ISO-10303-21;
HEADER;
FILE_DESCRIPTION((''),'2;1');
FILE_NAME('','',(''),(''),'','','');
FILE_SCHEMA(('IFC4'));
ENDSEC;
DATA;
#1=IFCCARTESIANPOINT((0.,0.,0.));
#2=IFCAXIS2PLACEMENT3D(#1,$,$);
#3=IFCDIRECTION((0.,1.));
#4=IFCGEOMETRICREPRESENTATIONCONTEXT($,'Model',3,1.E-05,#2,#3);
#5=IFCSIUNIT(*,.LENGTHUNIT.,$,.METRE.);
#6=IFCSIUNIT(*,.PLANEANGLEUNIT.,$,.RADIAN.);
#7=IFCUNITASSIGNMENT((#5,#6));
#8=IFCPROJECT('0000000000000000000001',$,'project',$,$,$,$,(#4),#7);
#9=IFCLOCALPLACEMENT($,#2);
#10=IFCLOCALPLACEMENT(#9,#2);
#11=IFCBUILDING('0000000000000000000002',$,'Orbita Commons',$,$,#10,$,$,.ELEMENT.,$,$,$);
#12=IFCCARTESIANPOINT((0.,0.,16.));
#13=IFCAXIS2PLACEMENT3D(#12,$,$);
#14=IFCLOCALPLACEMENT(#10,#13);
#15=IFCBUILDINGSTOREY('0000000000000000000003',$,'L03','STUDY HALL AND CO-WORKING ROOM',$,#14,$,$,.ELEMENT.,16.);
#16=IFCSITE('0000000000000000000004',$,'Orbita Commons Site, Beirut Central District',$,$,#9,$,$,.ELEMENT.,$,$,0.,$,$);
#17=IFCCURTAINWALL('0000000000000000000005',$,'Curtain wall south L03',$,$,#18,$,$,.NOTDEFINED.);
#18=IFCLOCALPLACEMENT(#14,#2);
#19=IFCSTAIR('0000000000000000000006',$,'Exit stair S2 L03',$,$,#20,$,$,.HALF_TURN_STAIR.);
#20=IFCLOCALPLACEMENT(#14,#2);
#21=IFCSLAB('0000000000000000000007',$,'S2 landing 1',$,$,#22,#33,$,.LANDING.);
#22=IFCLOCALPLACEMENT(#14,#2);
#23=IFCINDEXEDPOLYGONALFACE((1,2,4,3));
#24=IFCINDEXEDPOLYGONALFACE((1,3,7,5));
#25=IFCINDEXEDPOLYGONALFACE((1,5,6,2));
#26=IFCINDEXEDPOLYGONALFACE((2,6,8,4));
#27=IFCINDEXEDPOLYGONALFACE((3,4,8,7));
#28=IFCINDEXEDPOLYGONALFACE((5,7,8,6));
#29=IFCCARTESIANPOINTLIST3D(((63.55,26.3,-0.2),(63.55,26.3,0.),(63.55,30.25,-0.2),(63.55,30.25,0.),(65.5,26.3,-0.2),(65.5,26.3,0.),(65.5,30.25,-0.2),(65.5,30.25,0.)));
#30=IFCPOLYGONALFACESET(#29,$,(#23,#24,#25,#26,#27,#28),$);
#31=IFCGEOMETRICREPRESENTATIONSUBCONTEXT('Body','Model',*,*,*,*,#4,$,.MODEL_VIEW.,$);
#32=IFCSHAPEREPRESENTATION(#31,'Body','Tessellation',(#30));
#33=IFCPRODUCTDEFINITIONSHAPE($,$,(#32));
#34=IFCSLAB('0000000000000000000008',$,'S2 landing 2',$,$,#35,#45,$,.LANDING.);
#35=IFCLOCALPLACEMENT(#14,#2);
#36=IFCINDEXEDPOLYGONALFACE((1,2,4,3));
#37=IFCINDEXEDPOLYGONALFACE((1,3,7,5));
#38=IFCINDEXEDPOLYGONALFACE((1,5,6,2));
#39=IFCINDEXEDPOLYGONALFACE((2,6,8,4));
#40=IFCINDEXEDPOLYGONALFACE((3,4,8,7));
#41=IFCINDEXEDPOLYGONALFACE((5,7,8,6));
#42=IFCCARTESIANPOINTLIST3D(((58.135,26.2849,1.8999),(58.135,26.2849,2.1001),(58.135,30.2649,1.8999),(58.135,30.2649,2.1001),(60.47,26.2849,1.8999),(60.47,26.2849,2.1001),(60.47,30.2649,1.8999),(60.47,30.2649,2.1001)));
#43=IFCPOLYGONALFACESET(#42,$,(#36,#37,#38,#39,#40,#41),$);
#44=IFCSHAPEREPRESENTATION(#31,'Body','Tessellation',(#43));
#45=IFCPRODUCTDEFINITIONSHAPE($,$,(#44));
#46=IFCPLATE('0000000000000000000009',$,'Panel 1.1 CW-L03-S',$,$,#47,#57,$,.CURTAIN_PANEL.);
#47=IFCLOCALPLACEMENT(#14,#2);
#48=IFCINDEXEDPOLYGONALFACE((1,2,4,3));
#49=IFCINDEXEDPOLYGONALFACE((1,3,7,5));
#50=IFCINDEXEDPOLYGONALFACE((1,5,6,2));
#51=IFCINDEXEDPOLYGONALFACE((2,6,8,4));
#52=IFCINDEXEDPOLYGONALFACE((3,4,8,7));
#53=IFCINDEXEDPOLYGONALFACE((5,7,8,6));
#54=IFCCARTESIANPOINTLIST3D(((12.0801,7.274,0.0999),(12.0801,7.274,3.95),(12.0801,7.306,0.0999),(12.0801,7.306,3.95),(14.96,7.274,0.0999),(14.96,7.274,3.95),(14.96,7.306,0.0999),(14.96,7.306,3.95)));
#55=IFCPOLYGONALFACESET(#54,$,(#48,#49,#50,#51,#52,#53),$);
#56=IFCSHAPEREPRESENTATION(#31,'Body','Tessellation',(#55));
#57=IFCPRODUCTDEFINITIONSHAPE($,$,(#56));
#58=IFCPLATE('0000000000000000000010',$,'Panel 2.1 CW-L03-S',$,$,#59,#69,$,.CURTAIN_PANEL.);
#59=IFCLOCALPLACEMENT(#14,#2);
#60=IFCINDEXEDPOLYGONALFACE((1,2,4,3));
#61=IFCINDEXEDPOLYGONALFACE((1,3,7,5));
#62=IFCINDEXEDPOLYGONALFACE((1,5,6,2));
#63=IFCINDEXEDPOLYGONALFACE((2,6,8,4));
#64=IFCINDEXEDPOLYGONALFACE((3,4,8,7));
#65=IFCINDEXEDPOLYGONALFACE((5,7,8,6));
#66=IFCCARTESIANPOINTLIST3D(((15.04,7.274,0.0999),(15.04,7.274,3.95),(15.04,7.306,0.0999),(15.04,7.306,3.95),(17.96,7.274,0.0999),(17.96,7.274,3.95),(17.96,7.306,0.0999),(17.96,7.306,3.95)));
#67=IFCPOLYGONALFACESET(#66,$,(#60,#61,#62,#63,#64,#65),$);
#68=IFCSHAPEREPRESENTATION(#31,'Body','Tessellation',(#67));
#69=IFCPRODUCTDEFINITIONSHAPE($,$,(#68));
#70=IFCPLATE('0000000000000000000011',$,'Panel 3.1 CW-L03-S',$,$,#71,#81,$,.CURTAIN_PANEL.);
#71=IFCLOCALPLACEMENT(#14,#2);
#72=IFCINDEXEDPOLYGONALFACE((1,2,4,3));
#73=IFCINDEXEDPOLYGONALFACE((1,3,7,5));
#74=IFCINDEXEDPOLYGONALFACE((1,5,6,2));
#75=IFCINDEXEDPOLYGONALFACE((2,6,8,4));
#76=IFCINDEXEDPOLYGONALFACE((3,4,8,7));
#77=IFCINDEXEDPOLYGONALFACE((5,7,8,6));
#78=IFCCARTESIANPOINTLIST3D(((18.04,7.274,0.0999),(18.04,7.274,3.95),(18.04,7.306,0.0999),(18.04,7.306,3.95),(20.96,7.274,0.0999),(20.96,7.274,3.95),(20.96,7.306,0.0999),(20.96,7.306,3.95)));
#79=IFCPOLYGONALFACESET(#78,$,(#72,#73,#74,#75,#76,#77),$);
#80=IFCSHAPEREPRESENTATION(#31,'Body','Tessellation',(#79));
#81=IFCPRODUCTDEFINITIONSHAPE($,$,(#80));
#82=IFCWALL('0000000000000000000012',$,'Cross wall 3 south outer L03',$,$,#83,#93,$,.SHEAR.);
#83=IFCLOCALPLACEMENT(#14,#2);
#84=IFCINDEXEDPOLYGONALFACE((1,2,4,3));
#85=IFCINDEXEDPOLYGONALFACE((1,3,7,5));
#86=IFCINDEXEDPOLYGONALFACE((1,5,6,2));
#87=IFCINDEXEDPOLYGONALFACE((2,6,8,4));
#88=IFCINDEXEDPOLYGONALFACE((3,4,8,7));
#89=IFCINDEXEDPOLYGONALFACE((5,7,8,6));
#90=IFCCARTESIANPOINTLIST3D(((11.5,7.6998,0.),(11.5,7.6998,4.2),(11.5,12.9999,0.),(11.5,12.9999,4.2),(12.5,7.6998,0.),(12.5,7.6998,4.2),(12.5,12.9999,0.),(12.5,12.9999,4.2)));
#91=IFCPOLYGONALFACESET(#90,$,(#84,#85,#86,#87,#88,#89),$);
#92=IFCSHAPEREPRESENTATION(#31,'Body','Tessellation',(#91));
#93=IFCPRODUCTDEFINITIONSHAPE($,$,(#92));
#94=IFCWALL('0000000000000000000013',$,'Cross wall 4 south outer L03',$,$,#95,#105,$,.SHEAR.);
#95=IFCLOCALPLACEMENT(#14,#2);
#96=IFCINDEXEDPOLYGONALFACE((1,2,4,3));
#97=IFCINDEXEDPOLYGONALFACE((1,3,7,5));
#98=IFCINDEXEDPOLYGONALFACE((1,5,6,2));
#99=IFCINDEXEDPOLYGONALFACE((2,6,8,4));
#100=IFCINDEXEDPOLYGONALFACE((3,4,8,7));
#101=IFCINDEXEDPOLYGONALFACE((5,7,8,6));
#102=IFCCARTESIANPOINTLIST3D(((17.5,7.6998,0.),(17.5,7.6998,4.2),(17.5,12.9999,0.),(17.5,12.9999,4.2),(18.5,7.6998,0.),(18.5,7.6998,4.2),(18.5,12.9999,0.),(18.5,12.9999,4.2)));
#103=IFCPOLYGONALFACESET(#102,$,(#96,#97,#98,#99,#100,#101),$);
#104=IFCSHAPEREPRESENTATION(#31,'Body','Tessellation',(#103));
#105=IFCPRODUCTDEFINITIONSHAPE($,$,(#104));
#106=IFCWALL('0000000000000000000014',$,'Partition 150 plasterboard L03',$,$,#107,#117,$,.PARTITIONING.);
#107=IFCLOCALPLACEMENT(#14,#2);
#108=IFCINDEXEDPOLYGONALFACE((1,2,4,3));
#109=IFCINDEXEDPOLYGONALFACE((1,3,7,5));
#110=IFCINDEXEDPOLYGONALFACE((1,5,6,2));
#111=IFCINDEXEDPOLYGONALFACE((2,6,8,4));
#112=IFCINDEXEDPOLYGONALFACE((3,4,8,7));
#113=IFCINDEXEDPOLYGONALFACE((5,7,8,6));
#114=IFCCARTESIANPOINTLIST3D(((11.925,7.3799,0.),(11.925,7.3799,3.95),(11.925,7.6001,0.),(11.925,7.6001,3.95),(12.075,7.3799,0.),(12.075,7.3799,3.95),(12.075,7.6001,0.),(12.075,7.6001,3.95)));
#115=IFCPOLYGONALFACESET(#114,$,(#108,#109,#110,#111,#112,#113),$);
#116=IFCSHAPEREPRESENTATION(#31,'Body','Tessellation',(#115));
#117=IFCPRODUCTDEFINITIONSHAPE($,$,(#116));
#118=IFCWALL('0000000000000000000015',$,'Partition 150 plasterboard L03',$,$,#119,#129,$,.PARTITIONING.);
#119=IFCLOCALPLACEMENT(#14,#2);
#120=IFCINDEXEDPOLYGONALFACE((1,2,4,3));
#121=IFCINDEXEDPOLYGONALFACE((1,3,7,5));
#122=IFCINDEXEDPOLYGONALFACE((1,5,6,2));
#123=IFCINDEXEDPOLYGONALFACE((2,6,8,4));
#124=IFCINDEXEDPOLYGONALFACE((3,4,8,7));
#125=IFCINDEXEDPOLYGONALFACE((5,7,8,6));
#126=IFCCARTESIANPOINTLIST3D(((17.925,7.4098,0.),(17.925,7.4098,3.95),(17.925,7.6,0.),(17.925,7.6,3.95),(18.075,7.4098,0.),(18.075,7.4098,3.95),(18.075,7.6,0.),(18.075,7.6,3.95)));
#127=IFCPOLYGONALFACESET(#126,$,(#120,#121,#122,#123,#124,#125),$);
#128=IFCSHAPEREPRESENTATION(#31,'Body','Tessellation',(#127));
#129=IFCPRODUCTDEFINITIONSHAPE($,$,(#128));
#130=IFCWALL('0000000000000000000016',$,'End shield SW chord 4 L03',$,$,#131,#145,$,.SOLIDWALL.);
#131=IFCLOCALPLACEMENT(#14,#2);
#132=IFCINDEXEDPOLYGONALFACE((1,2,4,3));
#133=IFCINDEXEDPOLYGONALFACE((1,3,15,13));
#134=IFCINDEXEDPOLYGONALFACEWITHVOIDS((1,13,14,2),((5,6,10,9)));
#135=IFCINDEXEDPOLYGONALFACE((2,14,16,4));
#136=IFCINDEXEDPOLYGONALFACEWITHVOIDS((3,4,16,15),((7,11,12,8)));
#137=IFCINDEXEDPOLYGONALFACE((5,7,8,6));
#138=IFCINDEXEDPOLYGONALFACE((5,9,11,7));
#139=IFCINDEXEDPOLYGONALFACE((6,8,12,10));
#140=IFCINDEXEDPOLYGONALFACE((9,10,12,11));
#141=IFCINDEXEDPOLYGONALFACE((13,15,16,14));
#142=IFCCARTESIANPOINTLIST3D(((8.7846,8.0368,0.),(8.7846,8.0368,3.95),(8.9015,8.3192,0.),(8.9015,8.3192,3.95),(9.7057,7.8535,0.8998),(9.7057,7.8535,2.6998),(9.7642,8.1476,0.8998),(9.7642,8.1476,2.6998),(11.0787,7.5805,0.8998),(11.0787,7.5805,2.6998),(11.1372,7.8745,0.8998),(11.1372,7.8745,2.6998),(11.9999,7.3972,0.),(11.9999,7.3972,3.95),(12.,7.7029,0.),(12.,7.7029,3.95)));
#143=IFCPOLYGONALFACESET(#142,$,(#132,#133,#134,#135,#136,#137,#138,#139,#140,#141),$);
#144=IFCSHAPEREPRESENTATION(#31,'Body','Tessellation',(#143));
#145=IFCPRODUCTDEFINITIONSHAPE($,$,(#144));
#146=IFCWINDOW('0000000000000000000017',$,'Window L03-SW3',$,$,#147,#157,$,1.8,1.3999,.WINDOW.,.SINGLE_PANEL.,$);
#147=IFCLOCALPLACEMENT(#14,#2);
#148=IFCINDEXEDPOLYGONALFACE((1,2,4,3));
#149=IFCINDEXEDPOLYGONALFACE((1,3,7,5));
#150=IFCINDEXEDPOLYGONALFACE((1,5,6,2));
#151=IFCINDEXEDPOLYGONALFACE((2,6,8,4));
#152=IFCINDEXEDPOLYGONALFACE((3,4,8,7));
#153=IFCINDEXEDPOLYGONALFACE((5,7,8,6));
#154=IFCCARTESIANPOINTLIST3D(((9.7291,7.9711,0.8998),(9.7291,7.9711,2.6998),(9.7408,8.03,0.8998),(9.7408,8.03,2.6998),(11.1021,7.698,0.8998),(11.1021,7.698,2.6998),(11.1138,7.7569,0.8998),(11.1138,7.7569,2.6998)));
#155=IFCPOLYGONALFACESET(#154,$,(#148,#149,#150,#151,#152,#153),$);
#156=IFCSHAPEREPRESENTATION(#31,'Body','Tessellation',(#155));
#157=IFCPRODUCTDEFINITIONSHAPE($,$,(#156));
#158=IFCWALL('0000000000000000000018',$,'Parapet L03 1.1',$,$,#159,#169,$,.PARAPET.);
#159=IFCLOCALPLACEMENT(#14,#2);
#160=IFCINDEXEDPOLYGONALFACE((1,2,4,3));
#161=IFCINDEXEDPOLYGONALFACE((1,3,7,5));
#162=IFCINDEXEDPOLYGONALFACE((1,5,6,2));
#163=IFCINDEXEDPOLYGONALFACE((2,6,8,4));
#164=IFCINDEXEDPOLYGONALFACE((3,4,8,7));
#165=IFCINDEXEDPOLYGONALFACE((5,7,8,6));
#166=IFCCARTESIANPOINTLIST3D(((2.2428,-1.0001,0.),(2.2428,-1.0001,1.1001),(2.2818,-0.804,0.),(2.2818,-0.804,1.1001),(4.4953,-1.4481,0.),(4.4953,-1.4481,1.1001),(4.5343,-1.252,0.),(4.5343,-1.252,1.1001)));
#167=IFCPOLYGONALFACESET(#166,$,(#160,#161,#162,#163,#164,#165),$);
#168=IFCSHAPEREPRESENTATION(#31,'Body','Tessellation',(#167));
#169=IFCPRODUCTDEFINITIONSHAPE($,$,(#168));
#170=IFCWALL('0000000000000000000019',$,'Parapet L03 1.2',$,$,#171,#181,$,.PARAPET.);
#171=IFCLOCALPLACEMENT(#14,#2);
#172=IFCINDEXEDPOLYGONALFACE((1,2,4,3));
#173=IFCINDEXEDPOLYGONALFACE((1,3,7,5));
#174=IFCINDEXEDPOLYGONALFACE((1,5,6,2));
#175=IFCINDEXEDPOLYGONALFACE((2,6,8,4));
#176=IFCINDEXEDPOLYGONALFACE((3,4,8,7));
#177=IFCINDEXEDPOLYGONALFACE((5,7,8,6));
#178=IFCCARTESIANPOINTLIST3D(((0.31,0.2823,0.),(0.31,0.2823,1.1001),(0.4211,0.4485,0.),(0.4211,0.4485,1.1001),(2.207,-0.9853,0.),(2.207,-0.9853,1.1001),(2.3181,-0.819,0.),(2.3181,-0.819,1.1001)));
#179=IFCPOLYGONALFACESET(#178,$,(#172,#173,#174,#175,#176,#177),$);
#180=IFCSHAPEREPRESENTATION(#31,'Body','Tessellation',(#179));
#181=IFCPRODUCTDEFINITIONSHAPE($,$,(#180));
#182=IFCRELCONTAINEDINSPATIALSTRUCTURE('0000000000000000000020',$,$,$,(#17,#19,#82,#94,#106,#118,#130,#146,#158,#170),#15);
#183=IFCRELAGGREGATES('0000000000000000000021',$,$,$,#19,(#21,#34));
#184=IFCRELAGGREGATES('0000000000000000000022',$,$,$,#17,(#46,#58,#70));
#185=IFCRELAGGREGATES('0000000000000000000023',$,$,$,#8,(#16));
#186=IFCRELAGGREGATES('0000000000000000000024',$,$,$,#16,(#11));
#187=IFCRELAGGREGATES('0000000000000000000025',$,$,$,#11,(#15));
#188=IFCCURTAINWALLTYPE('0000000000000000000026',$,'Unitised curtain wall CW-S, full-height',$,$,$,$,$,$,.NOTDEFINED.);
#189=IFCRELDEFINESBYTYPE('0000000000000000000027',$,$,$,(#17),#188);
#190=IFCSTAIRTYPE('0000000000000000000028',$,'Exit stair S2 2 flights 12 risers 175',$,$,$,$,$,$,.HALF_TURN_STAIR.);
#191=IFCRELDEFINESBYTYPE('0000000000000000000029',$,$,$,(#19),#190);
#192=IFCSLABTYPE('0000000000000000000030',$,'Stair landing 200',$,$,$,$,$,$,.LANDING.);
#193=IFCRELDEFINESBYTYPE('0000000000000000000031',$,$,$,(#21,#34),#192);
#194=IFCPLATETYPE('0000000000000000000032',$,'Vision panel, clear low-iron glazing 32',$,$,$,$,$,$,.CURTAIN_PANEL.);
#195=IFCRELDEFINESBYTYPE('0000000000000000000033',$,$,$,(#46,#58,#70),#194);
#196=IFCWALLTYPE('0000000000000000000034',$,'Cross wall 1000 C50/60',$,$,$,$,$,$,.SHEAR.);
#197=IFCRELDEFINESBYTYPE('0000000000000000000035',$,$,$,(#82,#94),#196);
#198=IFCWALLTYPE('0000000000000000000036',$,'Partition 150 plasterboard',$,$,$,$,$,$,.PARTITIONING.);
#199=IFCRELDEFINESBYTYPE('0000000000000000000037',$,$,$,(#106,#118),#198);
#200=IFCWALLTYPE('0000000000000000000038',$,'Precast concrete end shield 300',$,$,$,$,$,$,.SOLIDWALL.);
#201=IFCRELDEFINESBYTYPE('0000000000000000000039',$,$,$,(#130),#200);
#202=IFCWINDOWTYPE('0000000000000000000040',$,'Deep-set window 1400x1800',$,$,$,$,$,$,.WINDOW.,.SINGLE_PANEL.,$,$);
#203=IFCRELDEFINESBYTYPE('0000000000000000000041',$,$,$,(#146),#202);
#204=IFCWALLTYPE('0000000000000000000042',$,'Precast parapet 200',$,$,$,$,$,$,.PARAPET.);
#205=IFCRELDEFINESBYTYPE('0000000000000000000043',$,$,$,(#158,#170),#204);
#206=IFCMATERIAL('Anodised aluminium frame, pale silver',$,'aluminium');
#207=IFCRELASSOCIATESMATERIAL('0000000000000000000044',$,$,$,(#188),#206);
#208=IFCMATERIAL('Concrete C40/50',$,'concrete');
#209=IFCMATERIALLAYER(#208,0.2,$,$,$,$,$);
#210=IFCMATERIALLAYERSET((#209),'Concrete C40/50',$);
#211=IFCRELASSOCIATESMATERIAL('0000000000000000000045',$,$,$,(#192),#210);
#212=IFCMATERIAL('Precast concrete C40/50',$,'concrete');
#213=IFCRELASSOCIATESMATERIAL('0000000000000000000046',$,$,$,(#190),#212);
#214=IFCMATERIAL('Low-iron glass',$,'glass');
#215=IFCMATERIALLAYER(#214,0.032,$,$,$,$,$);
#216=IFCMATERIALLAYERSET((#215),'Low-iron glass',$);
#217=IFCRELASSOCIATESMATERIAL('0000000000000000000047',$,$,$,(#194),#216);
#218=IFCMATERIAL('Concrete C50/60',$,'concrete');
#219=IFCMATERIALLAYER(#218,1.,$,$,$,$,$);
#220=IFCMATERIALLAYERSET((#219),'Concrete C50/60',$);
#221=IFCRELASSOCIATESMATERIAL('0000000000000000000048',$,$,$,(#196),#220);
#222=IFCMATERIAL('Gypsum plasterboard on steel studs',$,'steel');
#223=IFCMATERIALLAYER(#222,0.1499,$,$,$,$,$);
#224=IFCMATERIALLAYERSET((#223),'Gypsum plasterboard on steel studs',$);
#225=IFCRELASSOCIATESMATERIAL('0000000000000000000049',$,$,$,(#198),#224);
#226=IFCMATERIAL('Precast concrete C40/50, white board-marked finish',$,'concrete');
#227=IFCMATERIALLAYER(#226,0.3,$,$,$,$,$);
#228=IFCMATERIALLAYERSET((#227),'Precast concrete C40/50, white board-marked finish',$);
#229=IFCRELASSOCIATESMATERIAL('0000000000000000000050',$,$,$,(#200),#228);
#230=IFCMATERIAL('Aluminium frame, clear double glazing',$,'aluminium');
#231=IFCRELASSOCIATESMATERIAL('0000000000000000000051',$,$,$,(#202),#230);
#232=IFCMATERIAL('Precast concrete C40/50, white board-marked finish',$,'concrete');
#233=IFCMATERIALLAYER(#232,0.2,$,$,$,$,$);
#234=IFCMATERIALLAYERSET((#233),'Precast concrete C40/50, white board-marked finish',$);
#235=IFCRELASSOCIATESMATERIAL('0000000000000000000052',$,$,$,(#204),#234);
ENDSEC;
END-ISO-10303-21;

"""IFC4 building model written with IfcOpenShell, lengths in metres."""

from ifc_helpers import new_model, si_unit, direction, frame, frame_2d, origin, origin_2d, place, context, subcontext, project, spatial, polyline, rectangle, outline, extrude, material, layer, layer_set, type_object, element, fill, aggregate, save


model = new_model("IFC4")

# Units and contexts
model_context = context("Model", 3, precision=1e-05, world=origin(), true_north=direction((0.0, 1.0)))
body_context = subcontext(model_context, "Body", "Model", "MODEL_VIEW")
ifc_project = project(units=[si_unit("LENGTHUNIT", "METRE"), si_unit("PLANEANGLEUNIT", "RADIAN")], contexts=[model_context])

# Site, building, storey
site_placement = place(None, origin())
site = spatial("IfcSite", under=ifc_project, at=site_placement, Name="Orbita Commons Site, Beirut Central District", CompositionType="ELEMENT", RefElevation=0.0)
building_placement = place(site_placement, origin())
building = spatial("IfcBuilding", under=site, at=building_placement, Name="Orbita Commons", CompositionType="ELEMENT")
storey_placement = place(building_placement, frame((0.0, 0.0, 16.0)))
storey = spatial("IfcBuildingStorey", under=building, at=storey_placement, Name="L03", Description="STUDY HALL AND CO-WORKING ROOM", CompositionType="ELEMENT", Elevation=16.0)

# Curtain wall
ifc_material_1 = material(Name="Anodised aluminium frame, pale silver", Category="aluminium")
curtain_wall_type = type_object("IfcCurtainWallType", Name="Unitised curtain wall CW-S, full-height", PredefinedType="NOTDEFINED", material=ifc_material_1)
curtain_wall_placement = place(storey_placement, origin())
curtain_wall = element("IfcCurtainWall", 1, at=curtain_wall_placement, inside=storey, type_object=curtain_wall_type, Name="Curtain wall south L03", PredefinedType="NOTDEFINED")

# Stair, slabs
ifc_material_2 = material(Name="Concrete C40/50", Category="concrete")
ifc_layer_1 = layer(ifc_material_2, 0.2)
ifc_layer_set_1 = layer_set([ifc_layer_1], Name="Concrete C40/50")
slab_type_1 = type_object("IfcSlabType", Name="Stair landing 200", PredefinedType="LANDING", material=ifc_layer_set_1)
ifc_material_3 = material(Name="Precast concrete C40/50", Category="concrete")
stair_type_1 = type_object("IfcStairType", Name="Exit stair S2 2 flights 12 risers 175", PredefinedType="HALF_TURN_STAIR", material=ifc_material_3)
stair_1_placement = place(storey_placement, origin())
stair_1 = element("IfcStair", 2, at=stair_1_placement, inside=storey, type_object=stair_type_1, Name="Exit stair S2 L03", PredefinedType="HALF_TURN_STAIR")
slab_1_placement = place(storey_placement, frame((0.0, 0.0, -0.2)))
slab_1 = element("IfcSlab", 3, at=slab_1_placement, type_object=slab_type_1, Name="S2 landing 1", PredefinedType="LANDING", context=body_context, shape_type="SweptSolid", body=[
    extrude(outline(polyline([(63.55, 26.3), (65.5, 26.3), (65.5, 30.25), (63.55, 30.25), (63.55, 26.3)])), origin(), (0.0, 0.0, 1.0), 0.2),
])
slab_2_placement = place(storey_placement, frame((0.0, 0.0, 1.8999)))
slab_2 = element("IfcSlab", 4, at=slab_2_placement, type_object=slab_type_1, Name="S2 landing 2", PredefinedType="LANDING", context=body_context, shape_type="SweptSolid", body=[
    extrude(outline(polyline([(58.135, 26.2849), (60.47, 26.2849), (60.47, 30.2649), (58.135, 30.2649), (58.135, 26.2849)])), origin(), (0.0, 0.0, 1.0), 0.2002),
])
aggregate(stair_1, [slab_1, slab_2])

# Plates
ifc_material_4 = material(Name="Low-iron glass", Category="glass")
ifc_layer_2 = layer(ifc_material_4, 0.032)
ifc_layer_set_2 = layer_set([ifc_layer_2], Name="Low-iron glass")
plate_type = type_object("IfcPlateType", Name="Vision panel, clear low-iron glazing 32", PredefinedType="CURTAIN_PANEL", material=ifc_layer_set_2)
plate_1_placement = place(storey_placement, frame((13.52, 7.29, 0.0999), z_axis=(0.0, 0.0, 1.0), x_axis=(1.0, 0.0, 0.0)))
plate_1 = element("IfcPlate", 5, at=plate_1_placement, type_object=plate_type, Name="Panel 1.1 CW-L03-S", PredefinedType="CURTAIN_PANEL", context=body_context, shape_type="SweptSolid", body=[
    extrude(rectangle(XDim=2.8799, YDim=0.032, at=origin_2d()), origin(), (0.0, 0.0, 1.0), 3.8501),
])
plate_2_placement = place(storey_placement, frame((16.5, 7.29, 0.0999), z_axis=(0.0, 0.0, 1.0), x_axis=(1.0, 0.0, 0.0)))
plate_2 = element("IfcPlate", 6, at=plate_2_placement, type_object=plate_type, Name="Panel 2.1 CW-L03-S", PredefinedType="CURTAIN_PANEL", context=body_context, shape_type="SweptSolid", body=[
    extrude(rectangle(XDim=2.9199, YDim=0.032, at=origin_2d()), origin(), (0.0, 0.0, 1.0), 3.8501),
])
plate_3_placement = place(storey_placement, frame((19.5, 7.29, 0.0999), z_axis=(0.0, 0.0, 1.0), x_axis=(1.0, 0.0, 0.0)))
plate_3 = element("IfcPlate", 7, at=plate_3_placement, type_object=plate_type, Name="Panel 3.1 CW-L03-S", PredefinedType="CURTAIN_PANEL", context=body_context, shape_type="SweptSolid", body=[
    extrude(rectangle(XDim=2.9199, YDim=0.032, at=origin_2d()), origin(), (0.0, 0.0, 1.0), 3.8501),
])
aggregate(curtain_wall, [plate_1, plate_2, plate_3])

# Walls
ifc_material_5 = material(Name="Concrete C50/60", Category="concrete")
ifc_layer_3 = layer(ifc_material_5, 1.0)
ifc_layer_set_3 = layer_set([ifc_layer_3], Name="Concrete C50/60")
wall_type_1 = type_object("IfcWallType", Name="Cross wall 1000 C50/60", PredefinedType="SHEAR", material=ifc_layer_set_3)
for number, where, z_axis, x_axis, name in (
    (8, (12.0, 7.7, 0.0), (0.0, 0.0, 1.0), (0.0, 1.0, 0.0), "Cross wall 3 south outer L03"),
    (9, (18.0, 7.7, 0.0), (0.0, 0.0, 1.0), (0.0, 1.0, 0.0), "Cross wall 4 south outer L03"),
):
    element("IfcWall", number, at=place(storey_placement, frame(where, z_axis=z_axis, x_axis=x_axis)), inside=storey, type_object=wall_type_1, Name=name, PredefinedType="SHEAR", context=body_context, shape_type="SweptSolid", body=[
        extrude(rectangle(XDim=5.3, YDim=1.0, at=frame_2d((2.6499, 0.0))), origin(), (0.0, 0.0, 1.0), 4.2),
    ])
ifc_material_6 = material(Name="Gypsum plasterboard on steel studs", Category="steel")
ifc_layer_4 = layer(ifc_material_6, 0.1499)
ifc_layer_set_4 = layer_set([ifc_layer_4], Name="Gypsum plasterboard on steel studs")
wall_type_2 = type_object("IfcWallType", Name="Partition 150 plasterboard", PredefinedType="PARTITIONING", material=ifc_layer_set_4)
wall_1_placement = place(storey_placement, frame((12.0, 7.6001, 0.0), z_axis=(0.0, 0.0, 1.0), x_axis=(0.0, -1.0, 0.0)))
element("IfcWall", 10, at=wall_1_placement, inside=storey, type_object=wall_type_2, Name="Partition 150 plasterboard L03", PredefinedType="PARTITIONING", context=body_context, shape_type="SweptSolid", body=[
    extrude(rectangle(XDim=0.2202, YDim=0.1499, at=frame_2d((0.1101, 0.0))), origin(), (0.0, 0.0, 1.0), 3.95),
])
wall_2_placement = place(storey_placement, frame((18.0, 7.6001, 0.0), z_axis=(0.0, 0.0, 1.0), x_axis=(0.0, -1.0, 0.0)))
element("IfcWall", 11, at=wall_2_placement, inside=storey, type_object=wall_type_2, Name="Partition 150 plasterboard L03", PredefinedType="PARTITIONING", context=body_context, shape_type="SweptSolid", body=[
    extrude(rectangle(XDim=0.1902, YDim=0.1499, at=frame_2d((0.0952, 0.0))), origin(), (0.0, 0.0, 1.0), 3.95),
])

# Wall, opening, window
ifc_material_7 = material(Name="Precast concrete C40/50, white board-marked finish", Category="concrete")
ifc_layer_5 = layer(ifc_material_7, 0.3)
ifc_layer_set_5 = layer_set([ifc_layer_5], Name="Precast concrete C40/50, white board-marked finish")
wall_type_3 = type_object("IfcWallType", Name="Precast concrete end shield 300", PredefinedType="SOLIDWALL", material=ifc_layer_set_5)
wall_3_placement = place(storey_placement, frame((8.843, 8.178, 0.0), z_axis=(0.0, 0.0, 1.0), x_axis=(0.980787, -0.19508, 0.0)))
wall_3 = element("IfcWall", 12, at=wall_3_placement, inside=storey, type_object=wall_type_3, Name="End shield SW chord 4 L03", PredefinedType="SOLIDWALL", context=body_context, shape_type="SweptSolid", body=[
    extrude(outline(polyline([(-0.0298, -0.1499), (3.2485, -0.1499), (3.189, 0.1499), (0.0298, 0.1499), (-0.0298, -0.1499)])), origin(), (0.0, 0.0, 1.0), 3.95),
])
opening_1_placement = place(wall_3_placement, frame((0.9094, 0.0, 0.8999)))
opening_1 = element("IfcOpeningElement", 13, at=opening_1_placement, cuts=wall_3, PredefinedType="OPENING", context=body_context, shape_type="SweptSolid", body=[
    extrude(rectangle(XDim=1.3999, YDim=1.8, at=frame_2d((0.7, 0.8999))), frame((0.0, 0.1599, 0.0), z_axis=(0.0, -1.0, 0.0), x_axis=(1.0, 0.0, 0.0)), (0.0, 0.0, 1.0), 0.3201),
])
ifc_material_8 = material(Name="Aluminium frame, clear double glazing", Category="aluminium")
window_type_1 = type_object("IfcWindowType", Name="Deep-set window 1400x1800", PartitioningType="SINGLE_PANEL", PredefinedType="WINDOW", material=ifc_material_8)
window_1_placement = place(opening_1_placement, origin())
window_1 = element("IfcWindow", 14, at=window_1_placement, inside=storey, type_object=window_type_1, Name="Window L03-SW3", OverallHeight=1.8, OverallWidth=1.3999, PartitioningType="SINGLE_PANEL", PredefinedType="WINDOW", context=body_context, shape_type="SweptSolid", body=[
    extrude(rectangle(XDim=1.3999, YDim=1.8, at=frame_2d((0.7, 0.8999))), frame((0.0, 0.03, 0.0), z_axis=(0.0, -1.0, 0.0), x_axis=(1.0, 0.0, 0.0)), (0.0, 0.0, 1.0), 0.0601),
])
fill(opening_1, window_1)

# Walls
ifc_material_9 = material(Name="Precast concrete C40/50, white board-marked finish", Category="concrete")
ifc_layer_6 = layer(ifc_material_9, 0.2)
ifc_layer_set_6 = layer_set([ifc_layer_6], Name="Precast concrete C40/50, white board-marked finish")
wall_type_4 = type_object("IfcWallType", Name="Precast parapet 200", PredefinedType="PARAPET", material=ifc_layer_set_6)
wall_4_placement = place(storey_placement, frame((4.5149, -1.3501, 0.0), z_axis=(0.0, 0.0, 1.0), x_axis=(-0.980789, 0.195073, 0.0)))
element("IfcWall", 15, at=wall_4_placement, inside=storey, type_object=wall_type_4, Name="Parapet L03 1.1", PredefinedType="PARAPET", context=body_context, shape_type="SweptSolid", body=[
    extrude(rectangle(XDim=2.2966, YDim=0.2, at=frame_2d((1.1484, 0.0))), origin(), (0.0, 0.0, 1.0), 1.1001),
])
for number, where, z_axis, x_axis, name in (
    (16, (2.2625, -0.9021, 0.0), (0.0, 0.0, 1.0), (-0.831457, 0.555589, 0.0), "Parapet L03 1.2"),
):
    element("IfcWall", number, at=place(storey_placement, frame(where, z_axis=z_axis, x_axis=x_axis)), inside=storey, type_object=wall_type_4, Name=name, PredefinedType="PARAPET", context=body_context, shape_type="SweptSolid", body=[
        extrude(rectangle(XDim=2.2815, YDim=0.2, at=frame_2d((1.1406, 0.0))), origin(), (0.0, 0.0, 1.0), 1.1001),
    ])

save(model, "model.ifc")
